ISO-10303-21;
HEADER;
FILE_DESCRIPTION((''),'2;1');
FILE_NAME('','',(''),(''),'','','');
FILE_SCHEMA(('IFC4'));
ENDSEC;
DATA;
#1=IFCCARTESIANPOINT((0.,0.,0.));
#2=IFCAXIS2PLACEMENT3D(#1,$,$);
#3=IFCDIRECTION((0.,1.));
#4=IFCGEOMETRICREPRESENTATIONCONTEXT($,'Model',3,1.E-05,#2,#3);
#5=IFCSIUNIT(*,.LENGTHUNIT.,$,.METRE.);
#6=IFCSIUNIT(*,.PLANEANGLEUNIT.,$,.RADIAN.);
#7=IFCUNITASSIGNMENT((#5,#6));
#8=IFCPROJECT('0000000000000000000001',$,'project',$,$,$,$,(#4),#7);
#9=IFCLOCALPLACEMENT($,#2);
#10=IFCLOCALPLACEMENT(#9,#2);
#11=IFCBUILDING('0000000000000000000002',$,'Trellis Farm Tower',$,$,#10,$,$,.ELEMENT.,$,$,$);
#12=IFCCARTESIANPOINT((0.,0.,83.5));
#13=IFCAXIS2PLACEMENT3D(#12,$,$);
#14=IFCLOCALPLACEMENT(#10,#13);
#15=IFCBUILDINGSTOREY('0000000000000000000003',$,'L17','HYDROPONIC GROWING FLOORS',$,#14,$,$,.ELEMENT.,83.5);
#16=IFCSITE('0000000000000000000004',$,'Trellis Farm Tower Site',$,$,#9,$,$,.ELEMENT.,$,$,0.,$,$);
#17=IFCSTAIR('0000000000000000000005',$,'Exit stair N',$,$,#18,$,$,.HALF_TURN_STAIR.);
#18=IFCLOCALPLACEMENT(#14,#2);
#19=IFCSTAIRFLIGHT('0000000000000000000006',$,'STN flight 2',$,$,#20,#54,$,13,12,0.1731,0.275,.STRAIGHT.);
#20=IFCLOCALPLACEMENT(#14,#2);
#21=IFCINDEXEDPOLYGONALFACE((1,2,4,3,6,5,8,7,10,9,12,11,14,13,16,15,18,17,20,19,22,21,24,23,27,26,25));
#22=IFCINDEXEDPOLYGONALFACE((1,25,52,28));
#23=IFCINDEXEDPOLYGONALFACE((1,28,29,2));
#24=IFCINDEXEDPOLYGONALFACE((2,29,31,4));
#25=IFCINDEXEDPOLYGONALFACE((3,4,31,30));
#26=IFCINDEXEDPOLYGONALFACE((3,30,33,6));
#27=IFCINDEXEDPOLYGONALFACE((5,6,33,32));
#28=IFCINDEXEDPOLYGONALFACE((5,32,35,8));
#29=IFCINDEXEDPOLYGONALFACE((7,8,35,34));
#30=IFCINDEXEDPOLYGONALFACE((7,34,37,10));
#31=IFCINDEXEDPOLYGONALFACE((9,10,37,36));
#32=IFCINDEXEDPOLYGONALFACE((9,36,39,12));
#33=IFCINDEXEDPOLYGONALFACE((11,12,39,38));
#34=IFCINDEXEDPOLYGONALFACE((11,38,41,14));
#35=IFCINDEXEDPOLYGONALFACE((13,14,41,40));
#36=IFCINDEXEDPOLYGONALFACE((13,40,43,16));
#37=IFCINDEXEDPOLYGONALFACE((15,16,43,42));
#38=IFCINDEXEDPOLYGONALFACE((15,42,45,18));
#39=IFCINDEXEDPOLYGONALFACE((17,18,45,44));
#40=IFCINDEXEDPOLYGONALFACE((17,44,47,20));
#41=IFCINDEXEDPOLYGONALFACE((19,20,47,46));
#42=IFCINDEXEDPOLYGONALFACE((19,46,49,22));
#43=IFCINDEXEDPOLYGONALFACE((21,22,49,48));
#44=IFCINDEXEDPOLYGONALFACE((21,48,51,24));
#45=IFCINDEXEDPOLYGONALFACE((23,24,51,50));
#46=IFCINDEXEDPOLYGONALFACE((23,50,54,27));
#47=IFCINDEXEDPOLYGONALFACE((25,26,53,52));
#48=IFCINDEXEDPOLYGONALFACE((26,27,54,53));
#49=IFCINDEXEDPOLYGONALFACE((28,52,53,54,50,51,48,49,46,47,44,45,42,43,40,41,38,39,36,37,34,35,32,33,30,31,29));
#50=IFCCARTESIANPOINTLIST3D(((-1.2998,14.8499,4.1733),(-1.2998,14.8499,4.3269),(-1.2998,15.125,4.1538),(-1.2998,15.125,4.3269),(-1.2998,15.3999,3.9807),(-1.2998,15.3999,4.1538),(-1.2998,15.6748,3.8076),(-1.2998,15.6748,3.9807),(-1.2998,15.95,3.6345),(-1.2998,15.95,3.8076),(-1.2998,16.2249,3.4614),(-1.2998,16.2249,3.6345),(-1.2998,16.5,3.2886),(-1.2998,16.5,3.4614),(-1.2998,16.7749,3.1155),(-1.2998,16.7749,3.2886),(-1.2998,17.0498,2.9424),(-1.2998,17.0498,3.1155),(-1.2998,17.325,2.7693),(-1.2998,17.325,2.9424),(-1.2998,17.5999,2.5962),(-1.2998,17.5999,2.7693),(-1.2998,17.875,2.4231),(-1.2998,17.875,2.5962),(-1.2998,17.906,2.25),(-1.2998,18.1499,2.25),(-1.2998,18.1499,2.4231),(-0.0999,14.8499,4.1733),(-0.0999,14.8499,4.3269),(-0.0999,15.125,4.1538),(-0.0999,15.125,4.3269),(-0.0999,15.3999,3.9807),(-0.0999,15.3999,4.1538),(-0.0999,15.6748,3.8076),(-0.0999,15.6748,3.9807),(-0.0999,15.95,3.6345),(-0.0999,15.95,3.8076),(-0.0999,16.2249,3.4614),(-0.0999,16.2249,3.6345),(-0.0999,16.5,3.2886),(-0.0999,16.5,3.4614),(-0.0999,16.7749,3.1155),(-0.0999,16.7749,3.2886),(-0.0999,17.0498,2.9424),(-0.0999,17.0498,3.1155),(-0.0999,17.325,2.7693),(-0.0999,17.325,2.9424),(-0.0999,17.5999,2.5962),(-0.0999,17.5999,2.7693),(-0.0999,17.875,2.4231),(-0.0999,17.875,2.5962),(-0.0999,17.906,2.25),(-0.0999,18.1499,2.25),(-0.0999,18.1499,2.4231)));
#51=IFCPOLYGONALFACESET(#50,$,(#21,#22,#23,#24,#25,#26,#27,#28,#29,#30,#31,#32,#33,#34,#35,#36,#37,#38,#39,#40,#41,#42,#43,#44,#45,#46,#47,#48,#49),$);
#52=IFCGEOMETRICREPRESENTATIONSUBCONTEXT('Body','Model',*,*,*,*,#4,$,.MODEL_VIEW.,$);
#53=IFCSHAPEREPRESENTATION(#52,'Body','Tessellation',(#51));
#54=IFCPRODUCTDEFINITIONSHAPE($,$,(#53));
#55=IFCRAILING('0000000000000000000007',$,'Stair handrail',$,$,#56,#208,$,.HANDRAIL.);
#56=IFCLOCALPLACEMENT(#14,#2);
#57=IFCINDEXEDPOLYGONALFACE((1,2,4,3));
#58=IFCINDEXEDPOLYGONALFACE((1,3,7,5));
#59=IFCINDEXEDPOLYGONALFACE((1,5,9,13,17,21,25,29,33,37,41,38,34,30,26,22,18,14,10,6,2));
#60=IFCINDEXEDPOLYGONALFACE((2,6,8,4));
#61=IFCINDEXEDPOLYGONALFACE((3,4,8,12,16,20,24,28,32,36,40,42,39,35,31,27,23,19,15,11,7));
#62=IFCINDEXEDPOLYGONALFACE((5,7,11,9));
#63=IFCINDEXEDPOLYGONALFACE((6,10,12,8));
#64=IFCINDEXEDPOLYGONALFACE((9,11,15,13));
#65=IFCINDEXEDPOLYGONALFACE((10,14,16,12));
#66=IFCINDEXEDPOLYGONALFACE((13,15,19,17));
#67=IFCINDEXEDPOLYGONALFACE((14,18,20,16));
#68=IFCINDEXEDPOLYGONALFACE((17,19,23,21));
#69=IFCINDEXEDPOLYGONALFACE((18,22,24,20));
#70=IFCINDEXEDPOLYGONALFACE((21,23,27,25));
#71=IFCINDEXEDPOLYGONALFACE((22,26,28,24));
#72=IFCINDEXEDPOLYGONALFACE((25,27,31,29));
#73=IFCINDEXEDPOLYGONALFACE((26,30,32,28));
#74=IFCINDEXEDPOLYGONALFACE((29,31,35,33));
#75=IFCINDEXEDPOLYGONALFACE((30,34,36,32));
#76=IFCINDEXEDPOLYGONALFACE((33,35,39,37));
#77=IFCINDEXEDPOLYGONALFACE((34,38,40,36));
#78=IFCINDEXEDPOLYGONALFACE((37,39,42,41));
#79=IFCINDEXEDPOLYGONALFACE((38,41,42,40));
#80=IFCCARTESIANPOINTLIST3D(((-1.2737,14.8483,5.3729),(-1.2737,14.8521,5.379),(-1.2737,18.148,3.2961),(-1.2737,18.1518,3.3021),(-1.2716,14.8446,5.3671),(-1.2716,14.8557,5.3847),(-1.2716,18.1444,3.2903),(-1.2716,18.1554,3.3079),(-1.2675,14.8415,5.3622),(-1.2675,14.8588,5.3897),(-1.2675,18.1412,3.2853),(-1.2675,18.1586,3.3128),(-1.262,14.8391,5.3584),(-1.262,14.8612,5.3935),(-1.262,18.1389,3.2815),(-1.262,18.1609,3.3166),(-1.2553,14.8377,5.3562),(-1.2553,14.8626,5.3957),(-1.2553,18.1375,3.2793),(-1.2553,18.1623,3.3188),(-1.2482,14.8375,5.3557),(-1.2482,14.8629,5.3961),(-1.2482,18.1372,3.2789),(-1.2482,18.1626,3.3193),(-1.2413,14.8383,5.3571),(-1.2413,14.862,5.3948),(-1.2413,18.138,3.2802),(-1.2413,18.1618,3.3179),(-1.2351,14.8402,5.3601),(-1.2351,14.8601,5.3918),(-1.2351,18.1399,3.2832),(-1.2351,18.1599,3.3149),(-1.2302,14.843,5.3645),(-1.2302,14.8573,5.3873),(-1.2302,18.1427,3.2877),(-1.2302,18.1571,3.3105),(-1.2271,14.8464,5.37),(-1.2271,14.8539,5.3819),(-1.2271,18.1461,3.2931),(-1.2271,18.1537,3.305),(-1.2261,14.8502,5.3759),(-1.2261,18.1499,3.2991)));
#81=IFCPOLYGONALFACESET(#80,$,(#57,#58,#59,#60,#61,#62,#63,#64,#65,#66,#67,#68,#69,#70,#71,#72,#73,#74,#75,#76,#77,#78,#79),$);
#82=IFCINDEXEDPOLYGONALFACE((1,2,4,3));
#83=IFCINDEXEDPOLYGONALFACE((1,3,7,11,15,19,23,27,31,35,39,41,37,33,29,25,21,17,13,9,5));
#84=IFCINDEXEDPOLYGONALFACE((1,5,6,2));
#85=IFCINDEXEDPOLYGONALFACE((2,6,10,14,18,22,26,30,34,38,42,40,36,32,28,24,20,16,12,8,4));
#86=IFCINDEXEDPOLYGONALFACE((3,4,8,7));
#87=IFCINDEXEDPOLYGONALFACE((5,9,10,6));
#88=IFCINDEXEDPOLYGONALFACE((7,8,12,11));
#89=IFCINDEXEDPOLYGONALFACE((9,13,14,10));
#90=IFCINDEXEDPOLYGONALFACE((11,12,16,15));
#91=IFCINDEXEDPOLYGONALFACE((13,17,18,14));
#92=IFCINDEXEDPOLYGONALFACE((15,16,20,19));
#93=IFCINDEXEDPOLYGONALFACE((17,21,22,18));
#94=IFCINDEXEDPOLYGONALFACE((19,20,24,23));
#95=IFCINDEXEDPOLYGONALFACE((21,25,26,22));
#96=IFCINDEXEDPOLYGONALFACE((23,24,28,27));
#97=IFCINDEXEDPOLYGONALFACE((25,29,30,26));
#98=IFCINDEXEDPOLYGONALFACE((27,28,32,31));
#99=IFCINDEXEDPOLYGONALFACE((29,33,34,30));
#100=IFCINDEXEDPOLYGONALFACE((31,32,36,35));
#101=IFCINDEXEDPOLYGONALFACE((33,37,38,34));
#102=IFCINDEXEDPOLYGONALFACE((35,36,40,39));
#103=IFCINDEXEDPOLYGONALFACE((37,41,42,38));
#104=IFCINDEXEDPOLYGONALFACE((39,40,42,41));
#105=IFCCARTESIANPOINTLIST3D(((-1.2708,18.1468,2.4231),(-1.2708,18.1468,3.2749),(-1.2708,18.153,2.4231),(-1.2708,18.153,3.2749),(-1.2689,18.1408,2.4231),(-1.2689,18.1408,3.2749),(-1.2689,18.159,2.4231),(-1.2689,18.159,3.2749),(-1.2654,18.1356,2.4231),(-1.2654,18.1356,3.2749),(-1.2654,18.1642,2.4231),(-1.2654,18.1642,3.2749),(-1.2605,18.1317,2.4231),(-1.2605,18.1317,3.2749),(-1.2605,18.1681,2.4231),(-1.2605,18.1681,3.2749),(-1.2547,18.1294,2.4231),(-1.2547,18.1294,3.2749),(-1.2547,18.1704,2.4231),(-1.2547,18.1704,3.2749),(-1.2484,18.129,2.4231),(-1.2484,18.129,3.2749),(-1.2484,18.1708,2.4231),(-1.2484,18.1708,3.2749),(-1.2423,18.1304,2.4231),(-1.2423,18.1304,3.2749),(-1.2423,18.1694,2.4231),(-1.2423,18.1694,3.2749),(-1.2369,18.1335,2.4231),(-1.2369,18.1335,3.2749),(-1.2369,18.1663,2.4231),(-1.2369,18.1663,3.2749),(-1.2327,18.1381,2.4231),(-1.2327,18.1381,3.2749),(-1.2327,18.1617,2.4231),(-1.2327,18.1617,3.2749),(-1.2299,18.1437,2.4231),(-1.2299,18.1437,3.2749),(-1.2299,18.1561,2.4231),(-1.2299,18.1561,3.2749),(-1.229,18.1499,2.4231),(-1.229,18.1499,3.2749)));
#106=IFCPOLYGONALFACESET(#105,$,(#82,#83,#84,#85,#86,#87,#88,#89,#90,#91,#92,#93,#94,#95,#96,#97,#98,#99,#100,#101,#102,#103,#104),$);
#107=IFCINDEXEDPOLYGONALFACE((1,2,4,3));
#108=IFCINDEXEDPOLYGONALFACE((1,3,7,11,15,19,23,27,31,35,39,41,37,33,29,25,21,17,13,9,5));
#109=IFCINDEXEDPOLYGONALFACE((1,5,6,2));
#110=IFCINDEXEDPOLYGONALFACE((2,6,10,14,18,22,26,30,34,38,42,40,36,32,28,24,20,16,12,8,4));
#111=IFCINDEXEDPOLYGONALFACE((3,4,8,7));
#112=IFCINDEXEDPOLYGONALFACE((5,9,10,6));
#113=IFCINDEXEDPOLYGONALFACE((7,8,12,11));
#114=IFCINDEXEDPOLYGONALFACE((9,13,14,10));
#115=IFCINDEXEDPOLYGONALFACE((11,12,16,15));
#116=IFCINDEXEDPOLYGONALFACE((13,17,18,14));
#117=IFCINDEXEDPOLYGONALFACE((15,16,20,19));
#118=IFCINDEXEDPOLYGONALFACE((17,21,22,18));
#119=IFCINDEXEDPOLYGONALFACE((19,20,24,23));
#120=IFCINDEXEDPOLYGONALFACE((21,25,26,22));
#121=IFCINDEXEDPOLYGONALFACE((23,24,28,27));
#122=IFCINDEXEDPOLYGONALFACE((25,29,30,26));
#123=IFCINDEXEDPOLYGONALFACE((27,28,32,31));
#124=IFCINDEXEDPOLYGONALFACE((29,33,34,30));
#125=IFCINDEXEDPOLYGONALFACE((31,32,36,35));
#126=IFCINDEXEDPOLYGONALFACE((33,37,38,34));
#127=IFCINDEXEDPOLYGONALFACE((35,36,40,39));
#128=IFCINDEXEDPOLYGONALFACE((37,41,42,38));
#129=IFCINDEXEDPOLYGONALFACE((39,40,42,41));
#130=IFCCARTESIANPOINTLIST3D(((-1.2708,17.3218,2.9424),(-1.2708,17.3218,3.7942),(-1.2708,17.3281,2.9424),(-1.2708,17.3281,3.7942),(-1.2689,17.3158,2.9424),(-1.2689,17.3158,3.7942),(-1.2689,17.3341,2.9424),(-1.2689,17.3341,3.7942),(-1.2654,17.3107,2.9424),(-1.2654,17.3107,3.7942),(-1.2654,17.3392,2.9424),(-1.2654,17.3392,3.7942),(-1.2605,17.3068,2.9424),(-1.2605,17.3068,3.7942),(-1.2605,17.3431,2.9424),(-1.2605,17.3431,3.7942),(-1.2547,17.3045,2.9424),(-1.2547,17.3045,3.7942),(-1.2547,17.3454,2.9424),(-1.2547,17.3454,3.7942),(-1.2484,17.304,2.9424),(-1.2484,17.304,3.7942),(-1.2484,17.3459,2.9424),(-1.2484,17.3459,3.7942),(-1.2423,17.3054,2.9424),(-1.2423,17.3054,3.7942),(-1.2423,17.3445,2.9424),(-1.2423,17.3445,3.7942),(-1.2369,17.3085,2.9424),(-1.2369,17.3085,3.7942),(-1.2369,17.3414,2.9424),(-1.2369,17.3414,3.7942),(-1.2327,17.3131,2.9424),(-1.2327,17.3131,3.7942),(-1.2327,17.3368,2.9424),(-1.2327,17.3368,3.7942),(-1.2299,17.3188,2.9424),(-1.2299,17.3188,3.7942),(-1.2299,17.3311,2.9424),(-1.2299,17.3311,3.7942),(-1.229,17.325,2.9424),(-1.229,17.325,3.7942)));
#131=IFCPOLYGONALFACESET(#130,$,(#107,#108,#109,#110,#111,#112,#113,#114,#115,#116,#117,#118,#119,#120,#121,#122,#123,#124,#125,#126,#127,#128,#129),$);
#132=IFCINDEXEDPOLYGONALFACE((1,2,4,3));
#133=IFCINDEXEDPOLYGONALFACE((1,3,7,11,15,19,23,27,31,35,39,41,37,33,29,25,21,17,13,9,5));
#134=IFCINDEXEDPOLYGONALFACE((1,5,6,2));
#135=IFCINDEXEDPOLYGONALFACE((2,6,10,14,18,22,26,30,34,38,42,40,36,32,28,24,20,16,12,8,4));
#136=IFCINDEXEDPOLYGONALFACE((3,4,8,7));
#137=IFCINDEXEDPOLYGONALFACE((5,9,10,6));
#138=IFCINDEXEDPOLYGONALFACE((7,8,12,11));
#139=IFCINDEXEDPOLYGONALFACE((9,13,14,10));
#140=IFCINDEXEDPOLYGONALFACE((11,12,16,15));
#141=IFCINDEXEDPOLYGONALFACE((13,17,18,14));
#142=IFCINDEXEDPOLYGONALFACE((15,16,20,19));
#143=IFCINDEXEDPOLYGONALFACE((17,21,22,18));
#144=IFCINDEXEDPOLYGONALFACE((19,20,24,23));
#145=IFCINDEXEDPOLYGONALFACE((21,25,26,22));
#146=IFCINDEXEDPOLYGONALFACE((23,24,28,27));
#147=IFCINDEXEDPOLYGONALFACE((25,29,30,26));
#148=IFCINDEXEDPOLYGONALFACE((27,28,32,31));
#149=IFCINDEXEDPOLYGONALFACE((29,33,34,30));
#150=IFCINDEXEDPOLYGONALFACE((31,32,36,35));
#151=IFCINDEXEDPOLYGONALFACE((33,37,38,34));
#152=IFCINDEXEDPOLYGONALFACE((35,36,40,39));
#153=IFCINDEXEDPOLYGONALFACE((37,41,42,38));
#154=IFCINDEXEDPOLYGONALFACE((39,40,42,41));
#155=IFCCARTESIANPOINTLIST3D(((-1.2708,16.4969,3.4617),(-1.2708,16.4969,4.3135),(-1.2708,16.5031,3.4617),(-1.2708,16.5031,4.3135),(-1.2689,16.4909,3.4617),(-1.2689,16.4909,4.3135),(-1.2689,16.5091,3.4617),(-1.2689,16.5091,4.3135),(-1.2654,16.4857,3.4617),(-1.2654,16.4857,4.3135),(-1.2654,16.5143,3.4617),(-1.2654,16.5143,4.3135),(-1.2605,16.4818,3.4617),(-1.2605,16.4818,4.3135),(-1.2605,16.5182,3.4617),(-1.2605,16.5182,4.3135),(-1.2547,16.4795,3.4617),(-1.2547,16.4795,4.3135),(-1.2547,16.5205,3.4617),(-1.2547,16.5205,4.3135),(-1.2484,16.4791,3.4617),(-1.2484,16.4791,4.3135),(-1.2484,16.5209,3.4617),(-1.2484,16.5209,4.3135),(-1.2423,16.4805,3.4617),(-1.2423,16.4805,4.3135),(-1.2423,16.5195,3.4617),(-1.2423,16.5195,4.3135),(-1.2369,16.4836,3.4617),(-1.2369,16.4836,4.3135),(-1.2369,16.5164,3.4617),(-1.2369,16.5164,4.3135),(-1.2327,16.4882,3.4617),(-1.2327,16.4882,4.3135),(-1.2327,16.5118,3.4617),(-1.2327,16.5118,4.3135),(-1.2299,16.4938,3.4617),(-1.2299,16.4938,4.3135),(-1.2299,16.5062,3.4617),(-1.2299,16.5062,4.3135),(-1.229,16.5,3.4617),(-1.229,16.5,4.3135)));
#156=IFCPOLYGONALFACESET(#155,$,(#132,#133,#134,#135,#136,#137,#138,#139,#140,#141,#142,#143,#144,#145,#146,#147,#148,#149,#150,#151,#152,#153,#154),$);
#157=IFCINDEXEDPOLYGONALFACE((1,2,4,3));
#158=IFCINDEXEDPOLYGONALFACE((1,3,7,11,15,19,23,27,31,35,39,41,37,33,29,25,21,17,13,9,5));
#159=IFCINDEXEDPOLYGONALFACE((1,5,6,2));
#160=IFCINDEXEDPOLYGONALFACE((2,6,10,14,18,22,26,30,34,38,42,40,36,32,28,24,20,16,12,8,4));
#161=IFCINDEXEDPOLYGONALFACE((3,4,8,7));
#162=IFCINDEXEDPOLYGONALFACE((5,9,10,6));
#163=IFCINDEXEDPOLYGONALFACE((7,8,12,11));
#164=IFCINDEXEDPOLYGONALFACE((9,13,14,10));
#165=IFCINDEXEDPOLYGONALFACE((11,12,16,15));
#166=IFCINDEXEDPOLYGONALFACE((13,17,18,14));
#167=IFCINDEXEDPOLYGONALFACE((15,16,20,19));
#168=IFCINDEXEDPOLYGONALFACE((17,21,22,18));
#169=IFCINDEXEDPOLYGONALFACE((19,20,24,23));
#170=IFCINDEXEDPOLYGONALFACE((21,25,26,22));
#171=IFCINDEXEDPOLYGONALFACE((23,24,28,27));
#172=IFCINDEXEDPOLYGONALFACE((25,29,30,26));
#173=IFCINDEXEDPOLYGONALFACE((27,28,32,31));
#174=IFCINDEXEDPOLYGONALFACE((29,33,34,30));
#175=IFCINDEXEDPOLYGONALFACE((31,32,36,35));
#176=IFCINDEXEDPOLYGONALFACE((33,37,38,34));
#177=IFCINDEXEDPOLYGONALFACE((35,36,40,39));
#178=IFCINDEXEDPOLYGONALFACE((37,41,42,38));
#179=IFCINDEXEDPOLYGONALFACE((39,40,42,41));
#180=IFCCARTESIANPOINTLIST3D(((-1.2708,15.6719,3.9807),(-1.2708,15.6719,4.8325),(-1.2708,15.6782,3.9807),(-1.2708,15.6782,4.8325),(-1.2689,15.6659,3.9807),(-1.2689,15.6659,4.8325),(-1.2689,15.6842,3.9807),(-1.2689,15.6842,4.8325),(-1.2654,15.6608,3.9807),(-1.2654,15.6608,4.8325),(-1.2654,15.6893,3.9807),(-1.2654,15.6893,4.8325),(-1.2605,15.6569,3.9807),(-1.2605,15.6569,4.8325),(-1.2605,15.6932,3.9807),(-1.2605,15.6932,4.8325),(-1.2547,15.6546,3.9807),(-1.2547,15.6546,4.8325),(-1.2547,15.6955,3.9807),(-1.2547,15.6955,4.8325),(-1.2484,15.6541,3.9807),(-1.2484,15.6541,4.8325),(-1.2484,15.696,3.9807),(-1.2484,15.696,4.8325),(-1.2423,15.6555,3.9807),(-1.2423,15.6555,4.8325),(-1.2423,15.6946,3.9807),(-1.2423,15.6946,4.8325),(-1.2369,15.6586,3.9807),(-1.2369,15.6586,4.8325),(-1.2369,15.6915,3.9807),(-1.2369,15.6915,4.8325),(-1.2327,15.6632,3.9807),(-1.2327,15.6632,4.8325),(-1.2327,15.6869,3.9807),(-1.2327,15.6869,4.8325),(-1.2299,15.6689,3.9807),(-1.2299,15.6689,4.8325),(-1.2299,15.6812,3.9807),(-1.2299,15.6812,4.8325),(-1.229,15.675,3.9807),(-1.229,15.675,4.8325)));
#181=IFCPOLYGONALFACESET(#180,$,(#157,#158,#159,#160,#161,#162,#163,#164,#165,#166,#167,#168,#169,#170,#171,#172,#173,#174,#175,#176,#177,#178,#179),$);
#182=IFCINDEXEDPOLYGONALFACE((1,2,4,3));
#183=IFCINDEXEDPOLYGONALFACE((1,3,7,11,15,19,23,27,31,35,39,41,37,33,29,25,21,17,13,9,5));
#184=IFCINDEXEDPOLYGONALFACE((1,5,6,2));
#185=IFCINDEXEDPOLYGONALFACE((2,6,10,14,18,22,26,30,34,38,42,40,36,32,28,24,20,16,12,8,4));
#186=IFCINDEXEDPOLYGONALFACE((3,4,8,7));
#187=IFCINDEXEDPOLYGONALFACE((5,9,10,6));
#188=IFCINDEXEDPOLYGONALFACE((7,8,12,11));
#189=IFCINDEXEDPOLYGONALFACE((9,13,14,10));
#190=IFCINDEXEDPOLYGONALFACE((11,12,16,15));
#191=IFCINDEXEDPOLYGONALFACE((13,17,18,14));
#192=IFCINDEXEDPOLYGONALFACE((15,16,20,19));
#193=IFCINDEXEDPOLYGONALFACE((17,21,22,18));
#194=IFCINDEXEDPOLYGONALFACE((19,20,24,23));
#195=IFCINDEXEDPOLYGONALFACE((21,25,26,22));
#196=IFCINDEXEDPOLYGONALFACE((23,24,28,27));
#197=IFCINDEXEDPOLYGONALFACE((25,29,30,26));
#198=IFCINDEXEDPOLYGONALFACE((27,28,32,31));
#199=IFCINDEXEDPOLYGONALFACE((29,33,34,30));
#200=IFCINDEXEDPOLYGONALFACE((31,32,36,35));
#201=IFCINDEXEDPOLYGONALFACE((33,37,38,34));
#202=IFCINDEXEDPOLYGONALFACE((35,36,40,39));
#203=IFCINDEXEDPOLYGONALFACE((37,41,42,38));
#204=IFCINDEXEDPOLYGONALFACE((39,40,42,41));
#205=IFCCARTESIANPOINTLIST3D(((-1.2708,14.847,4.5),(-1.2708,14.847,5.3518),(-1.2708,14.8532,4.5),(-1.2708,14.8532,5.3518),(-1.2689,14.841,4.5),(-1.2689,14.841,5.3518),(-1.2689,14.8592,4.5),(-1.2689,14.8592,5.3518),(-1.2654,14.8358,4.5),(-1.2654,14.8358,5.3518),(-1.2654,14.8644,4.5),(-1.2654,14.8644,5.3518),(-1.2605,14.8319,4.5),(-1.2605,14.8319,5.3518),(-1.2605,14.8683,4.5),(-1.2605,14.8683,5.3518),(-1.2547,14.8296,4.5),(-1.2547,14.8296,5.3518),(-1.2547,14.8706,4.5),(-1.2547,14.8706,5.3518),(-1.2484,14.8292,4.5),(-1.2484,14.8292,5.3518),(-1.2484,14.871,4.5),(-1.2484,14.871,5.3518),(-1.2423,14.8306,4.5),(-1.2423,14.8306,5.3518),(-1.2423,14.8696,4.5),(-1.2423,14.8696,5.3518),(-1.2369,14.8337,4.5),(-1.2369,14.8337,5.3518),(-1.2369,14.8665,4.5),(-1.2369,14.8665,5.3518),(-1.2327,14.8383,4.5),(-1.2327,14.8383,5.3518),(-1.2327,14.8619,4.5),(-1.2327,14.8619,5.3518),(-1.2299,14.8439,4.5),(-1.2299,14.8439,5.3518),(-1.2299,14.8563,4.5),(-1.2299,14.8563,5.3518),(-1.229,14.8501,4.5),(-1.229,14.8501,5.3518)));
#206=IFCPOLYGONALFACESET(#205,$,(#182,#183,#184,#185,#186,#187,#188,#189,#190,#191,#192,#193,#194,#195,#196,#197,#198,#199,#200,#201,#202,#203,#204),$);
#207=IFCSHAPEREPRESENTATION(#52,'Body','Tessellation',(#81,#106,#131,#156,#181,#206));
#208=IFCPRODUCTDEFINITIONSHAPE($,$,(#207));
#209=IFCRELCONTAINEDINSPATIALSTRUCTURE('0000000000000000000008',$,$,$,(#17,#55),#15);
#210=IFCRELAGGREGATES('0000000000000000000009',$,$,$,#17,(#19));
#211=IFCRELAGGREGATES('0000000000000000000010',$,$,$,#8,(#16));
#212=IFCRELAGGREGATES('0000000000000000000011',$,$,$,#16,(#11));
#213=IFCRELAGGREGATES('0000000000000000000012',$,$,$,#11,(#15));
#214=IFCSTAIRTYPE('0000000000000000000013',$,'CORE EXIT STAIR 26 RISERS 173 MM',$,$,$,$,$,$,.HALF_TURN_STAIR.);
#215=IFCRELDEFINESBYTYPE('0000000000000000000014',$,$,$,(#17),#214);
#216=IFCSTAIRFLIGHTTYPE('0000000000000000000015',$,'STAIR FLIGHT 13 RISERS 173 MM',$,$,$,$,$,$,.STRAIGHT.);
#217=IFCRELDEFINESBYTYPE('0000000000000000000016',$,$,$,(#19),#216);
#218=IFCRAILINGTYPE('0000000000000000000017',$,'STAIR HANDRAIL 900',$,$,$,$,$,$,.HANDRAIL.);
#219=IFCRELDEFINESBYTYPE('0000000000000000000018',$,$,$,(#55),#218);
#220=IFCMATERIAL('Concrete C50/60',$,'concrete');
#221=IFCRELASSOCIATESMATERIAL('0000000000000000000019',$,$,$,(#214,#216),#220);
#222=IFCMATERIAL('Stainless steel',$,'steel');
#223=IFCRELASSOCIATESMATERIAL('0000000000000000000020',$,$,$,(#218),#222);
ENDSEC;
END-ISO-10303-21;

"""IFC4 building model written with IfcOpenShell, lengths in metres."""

from ifc_helpers import new_model, si_unit, direction, frame, origin, origin_2d, place, context, subcontext, project, spatial, polyline, circle, outline, extrude, source, transform, mapped, material, type_object, element, aggregate, save


model = new_model("IFC4")

# Units and contexts
model_context = context("Model", 3, precision=1e-05, world=origin(), true_north=direction((0.0, 1.0)))
body_context = subcontext(model_context, "Body", "Model", "MODEL_VIEW")
ifc_project = project(units=[si_unit("LENGTHUNIT", "METRE"), si_unit("PLANEANGLEUNIT", "RADIAN")], contexts=[model_context])

# Site, building, storey
site_placement = place(None, origin())
site = spatial("IfcSite", under=ifc_project, at=site_placement, Name="Trellis Farm Tower Site", CompositionType="ELEMENT", RefElevation=0.0)
building_placement = place(site_placement, origin())
building = spatial("IfcBuilding", under=site, at=building_placement, Name="Trellis Farm Tower", CompositionType="ELEMENT")
storey_placement = place(building_placement, frame((0.0, 0.0, 83.5)))
storey = spatial("IfcBuildingStorey", under=building, at=storey_placement, Name="L17", Description="HYDROPONIC GROWING FLOORS", CompositionType="ELEMENT", Elevation=83.5)

# Shared definitions
placement = place(storey_placement, origin())

# Stair, stair flight
ifc_material_1 = material(Name="Concrete C50/60", Category="concrete")
stair_type = type_object("IfcStairType", Name="CORE EXIT STAIR 26 RISERS 173 MM", PredefinedType="HALF_TURN_STAIR", material=ifc_material_1)
stair = element("IfcStair", 1, at=placement, inside=storey, type_object=stair_type, Name="Exit stair N", PredefinedType="HALF_TURN_STAIR")
stair_flight_type = type_object("IfcStairFlightType", Name="STAIR FLIGHT 13 RISERS 173 MM", PredefinedType="STRAIGHT", material=ifc_material_1)
shared_shape_1 = source(origin(), body_context, "Body", "SweptSolid", [
    extrude(outline(polyline([(0.0, 0.0), (0.0, 0.1731), (0.2749, 0.1731), (0.2749, 0.3462), (0.55, 0.3462), (0.55, 0.5193), (0.825, 0.5193), (0.825, 0.6924), (1.1001, 0.6924), (1.1001, 0.8655), (1.375, 0.8655), (1.375, 1.0386), (1.6499, 1.0386), (1.6499, 1.2114), (1.925, 1.2114), (1.925, 1.3845), (2.2, 1.3845), (2.2, 1.5576), (2.4751, 1.5576), (2.4751, 1.7307), (2.75, 1.7307), (2.75, 1.9038), (3.0249, 1.9038), (3.0249, 2.0769), (3.3, 2.0769), (3.3, 2.25), (3.3, 1.9233), (0.2439, 0.0), (0.0, 0.0)])), frame((0.0, 0.6001, 0.0), z_axis=(0.0, -1.0, 0.0), x_axis=(1.0, 0.0, 0.0)), (0.0, 0.0, 1.0), 1.2),
])
stair_flight_placement = place(storey_placement, frame((-0.7, 18.1499, 2.25), z_axis=(0.0, 0.0, 1.0), x_axis=(0.0, -1.0, 0.0)))
stair_flight = element("IfcStairFlight", 2, at=stair_flight_placement, type_object=stair_flight_type, Name="STN flight 2", NumberOfRisers=13, NumberOfTreads=12, PredefinedType="STRAIGHT", RiserHeight=0.1731, TreadLength=0.275, context=body_context, shape_type="MappedRepresentation", body=[
    mapped(shared_shape_1, transform((0.0, 0.0, 0.0))),
])
aggregate(stair, [stair_flight])

# Railing
ifc_material_2 = material(Name="Stainless steel", Category="steel")
railing_type = type_object("IfcRailingType", Name="STAIR HANDRAIL 900", PredefinedType="HANDRAIL", material=ifc_material_2)
shared_shape_2 = source(origin(), body_context, "Body", "SweptSolid", [
    extrude(circle(Radius=0.0239, at=origin_2d()), frame((0.0, 0.0, 0.876), z_axis=(0.0, -0.84632, 0.532675), x_axis=(1.0, 0.0, 0.0)), (0.0, 0.0, 1.0), 3.8989),
    extrude(circle(Radius=0.021, at=origin_2d()), origin(), (0.0, 0.0, 1.0), 0.8518),
    extrude(circle(Radius=0.021, at=origin_2d()), frame((0.0, -0.825, 0.5193)), (0.0, 0.0, 1.0), 0.8518),
    extrude(circle(Radius=0.021, at=origin_2d()), frame((0.0, -1.6499, 1.0386)), (0.0, 0.0, 1.0), 0.8518),
    extrude(circle(Radius=0.021, at=origin_2d()), frame((0.0, -2.4749, 1.5576)), (0.0, 0.0, 1.0), 0.8518),
    extrude(circle(Radius=0.021, at=origin_2d()), frame((0.0, -3.2998, 2.0769)), (0.0, 0.0, 1.0), 0.8518),
])
railing_placement = place(storey_placement, frame((-1.25, 18.1499, 2.4231)))
element("IfcRailing", 3, at=railing_placement, inside=storey, type_object=railing_type, Name="Stair handrail", PredefinedType="HANDRAIL", context=body_context, shape_type="MappedRepresentation", body=[
    mapped(shared_shape_2, transform((0.0, 0.0, 0.0))),
])

save(model, "model.ifc")
